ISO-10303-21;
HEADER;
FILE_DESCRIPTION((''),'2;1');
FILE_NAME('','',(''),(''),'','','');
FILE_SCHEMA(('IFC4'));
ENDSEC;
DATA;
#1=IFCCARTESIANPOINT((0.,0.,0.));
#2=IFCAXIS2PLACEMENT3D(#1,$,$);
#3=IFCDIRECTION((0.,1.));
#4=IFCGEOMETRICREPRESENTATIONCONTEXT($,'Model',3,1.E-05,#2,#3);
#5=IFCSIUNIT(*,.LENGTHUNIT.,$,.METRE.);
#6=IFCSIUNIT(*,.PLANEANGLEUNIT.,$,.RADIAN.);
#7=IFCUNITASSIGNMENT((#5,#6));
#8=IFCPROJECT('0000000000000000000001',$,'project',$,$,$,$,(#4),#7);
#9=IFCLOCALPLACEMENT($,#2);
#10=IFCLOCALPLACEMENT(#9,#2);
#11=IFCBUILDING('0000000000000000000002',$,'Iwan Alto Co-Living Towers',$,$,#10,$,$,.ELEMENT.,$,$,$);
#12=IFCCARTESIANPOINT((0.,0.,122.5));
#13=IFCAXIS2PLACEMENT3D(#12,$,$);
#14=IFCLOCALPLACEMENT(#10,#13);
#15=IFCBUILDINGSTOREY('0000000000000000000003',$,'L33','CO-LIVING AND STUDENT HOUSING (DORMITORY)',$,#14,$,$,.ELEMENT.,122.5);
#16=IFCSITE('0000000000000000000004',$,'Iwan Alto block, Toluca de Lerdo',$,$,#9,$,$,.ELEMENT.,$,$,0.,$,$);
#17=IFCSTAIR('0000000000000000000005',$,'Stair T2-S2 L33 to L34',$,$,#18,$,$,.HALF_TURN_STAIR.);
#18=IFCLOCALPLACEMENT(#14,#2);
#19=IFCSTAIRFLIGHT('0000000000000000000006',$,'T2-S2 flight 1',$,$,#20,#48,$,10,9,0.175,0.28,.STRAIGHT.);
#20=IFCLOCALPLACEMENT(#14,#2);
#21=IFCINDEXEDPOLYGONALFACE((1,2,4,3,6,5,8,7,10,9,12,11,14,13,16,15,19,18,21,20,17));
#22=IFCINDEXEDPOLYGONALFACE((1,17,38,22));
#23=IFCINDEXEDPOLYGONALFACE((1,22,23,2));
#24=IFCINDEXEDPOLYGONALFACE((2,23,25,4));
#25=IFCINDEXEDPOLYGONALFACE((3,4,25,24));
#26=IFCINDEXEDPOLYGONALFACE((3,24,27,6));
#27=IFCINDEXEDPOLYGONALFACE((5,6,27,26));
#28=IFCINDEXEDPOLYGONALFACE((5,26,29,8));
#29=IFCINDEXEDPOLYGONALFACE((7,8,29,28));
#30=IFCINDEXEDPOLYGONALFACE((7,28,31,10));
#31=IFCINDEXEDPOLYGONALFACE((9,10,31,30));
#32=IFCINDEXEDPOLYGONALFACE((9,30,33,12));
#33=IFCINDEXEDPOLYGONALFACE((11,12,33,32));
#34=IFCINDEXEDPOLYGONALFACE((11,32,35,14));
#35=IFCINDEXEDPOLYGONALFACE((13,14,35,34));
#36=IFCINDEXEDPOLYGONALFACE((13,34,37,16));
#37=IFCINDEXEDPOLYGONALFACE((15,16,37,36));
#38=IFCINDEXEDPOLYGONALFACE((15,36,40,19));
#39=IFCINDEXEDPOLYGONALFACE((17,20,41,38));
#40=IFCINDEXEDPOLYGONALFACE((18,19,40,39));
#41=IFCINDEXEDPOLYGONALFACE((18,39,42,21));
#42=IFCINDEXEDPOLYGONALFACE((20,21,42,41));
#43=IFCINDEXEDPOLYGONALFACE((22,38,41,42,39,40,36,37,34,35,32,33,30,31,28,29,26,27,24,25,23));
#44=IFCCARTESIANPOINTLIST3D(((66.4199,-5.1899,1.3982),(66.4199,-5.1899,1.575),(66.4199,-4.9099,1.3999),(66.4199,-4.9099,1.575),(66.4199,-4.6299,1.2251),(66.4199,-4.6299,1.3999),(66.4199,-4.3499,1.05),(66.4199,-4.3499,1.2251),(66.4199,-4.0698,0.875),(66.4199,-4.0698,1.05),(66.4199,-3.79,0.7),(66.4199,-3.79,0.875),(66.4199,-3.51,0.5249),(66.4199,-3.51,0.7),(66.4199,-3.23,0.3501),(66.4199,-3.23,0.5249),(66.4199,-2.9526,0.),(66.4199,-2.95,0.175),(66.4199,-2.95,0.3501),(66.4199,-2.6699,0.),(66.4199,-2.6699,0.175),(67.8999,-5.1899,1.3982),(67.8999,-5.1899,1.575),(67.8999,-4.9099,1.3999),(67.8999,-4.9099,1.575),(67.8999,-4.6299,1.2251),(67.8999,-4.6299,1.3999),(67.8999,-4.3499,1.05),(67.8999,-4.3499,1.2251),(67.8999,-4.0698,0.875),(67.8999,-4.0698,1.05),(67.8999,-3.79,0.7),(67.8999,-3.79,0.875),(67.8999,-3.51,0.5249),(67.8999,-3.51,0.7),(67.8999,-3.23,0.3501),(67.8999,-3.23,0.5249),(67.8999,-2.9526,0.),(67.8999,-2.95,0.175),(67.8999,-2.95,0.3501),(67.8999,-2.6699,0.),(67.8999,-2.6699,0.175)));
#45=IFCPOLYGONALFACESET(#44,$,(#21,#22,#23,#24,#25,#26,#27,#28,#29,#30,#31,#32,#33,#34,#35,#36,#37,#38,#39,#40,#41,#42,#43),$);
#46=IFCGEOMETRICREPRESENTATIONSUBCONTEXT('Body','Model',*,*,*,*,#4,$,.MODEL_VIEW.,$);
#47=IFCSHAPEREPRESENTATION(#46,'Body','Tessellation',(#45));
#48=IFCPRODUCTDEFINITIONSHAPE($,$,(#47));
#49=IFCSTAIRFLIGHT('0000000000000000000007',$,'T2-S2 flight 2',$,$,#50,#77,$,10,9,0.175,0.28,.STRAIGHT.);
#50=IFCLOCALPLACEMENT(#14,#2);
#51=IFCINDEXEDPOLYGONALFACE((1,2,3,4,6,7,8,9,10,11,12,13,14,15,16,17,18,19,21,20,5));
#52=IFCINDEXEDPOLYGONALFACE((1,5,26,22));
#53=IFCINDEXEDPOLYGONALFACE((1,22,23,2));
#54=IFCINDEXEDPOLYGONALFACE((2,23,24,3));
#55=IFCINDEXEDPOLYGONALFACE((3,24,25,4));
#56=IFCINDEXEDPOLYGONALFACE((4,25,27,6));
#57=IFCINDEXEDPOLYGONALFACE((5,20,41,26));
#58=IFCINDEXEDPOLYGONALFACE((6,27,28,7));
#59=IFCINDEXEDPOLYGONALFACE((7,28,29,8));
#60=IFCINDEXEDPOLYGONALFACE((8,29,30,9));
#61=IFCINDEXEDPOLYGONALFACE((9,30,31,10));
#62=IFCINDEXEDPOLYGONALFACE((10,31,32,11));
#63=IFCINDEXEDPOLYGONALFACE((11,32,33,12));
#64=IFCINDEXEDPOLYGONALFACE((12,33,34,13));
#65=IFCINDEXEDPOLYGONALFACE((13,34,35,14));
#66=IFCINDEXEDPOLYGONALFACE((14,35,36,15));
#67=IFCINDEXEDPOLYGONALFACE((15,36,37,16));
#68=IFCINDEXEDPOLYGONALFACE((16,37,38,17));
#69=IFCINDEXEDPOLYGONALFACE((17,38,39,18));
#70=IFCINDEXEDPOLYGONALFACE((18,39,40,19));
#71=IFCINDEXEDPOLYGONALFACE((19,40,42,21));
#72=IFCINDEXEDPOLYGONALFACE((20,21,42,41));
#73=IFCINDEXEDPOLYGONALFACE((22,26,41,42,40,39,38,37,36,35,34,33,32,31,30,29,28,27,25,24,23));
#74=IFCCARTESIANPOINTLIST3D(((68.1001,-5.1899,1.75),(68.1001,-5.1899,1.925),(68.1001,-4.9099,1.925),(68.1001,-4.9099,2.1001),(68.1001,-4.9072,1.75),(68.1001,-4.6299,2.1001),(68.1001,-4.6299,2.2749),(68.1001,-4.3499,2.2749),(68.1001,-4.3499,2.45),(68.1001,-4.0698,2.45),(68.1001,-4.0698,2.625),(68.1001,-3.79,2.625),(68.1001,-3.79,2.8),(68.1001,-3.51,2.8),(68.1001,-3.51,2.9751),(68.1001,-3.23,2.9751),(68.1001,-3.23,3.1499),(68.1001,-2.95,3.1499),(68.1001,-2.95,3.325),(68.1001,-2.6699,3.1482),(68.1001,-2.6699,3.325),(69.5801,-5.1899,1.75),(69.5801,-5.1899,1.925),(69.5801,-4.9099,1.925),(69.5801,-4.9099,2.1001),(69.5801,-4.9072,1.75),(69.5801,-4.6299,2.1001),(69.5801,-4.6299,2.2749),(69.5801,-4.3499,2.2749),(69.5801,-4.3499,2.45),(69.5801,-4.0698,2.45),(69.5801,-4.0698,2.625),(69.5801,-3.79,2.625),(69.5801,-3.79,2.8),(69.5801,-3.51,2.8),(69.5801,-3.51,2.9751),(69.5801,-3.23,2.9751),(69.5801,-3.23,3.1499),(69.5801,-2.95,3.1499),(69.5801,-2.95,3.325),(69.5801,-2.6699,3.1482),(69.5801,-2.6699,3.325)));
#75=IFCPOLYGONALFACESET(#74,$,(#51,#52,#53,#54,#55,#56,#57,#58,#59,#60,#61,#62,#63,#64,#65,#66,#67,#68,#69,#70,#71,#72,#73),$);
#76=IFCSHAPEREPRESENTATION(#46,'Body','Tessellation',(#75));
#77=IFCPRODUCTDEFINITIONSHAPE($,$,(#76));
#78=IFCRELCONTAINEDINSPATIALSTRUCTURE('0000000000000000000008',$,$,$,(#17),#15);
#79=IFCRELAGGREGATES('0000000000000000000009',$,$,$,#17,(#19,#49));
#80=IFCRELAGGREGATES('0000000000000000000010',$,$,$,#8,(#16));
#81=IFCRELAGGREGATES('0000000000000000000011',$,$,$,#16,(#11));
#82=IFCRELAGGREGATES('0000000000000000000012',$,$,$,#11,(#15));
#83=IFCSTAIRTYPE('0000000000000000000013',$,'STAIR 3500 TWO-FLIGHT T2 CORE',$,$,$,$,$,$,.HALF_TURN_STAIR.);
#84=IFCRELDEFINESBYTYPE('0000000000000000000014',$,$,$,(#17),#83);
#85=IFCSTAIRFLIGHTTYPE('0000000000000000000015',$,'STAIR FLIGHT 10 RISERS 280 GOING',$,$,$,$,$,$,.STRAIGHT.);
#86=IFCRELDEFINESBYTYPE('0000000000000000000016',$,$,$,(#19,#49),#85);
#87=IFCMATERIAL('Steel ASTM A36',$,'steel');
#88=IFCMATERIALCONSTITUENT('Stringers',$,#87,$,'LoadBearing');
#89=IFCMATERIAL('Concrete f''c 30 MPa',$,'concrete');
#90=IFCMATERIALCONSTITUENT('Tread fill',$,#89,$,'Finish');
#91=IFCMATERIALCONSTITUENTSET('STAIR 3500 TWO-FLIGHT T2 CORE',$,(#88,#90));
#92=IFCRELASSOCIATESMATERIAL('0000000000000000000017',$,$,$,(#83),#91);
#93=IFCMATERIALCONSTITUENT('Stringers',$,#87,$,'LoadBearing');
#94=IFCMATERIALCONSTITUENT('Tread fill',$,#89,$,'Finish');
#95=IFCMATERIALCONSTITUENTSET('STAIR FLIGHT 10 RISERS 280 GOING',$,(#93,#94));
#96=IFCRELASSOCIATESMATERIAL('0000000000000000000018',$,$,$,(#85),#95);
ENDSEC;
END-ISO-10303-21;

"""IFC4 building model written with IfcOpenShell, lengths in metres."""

from ifc_helpers import new_model, si_unit, direction, frame, origin, place, context, subcontext, project, spatial, polyline, outline, extrude, material, constituent, constituent_set, type_object, element, aggregate, save


model = new_model("IFC4")

# Units and contexts
model_context = context("Model", 3, precision=1e-05, world=origin(), true_north=direction((0.0, 1.0)))
body_context = subcontext(model_context, "Body", "Model", "MODEL_VIEW")
ifc_project = project(units=[si_unit("LENGTHUNIT", "METRE"), si_unit("PLANEANGLEUNIT", "RADIAN")], contexts=[model_context])

# Site, building, storey
site_placement = place(None, origin())
site = spatial("IfcSite", under=ifc_project, at=site_placement, Name="Iwan Alto block, Toluca de Lerdo", CompositionType="ELEMENT", RefElevation=0.0)
building_placement = place(site_placement, origin())
building = spatial("IfcBuilding", under=site, at=building_placement, Name="Iwan Alto Co-Living Towers", CompositionType="ELEMENT")
storey_placement = place(building_placement, frame((0.0, 0.0, 122.5)))
storey = spatial("IfcBuildingStorey", under=building, at=storey_placement, Name="L33", Description="CO-LIVING AND STUDENT HOUSING (DORMITORY)", CompositionType="ELEMENT", Elevation=122.5)

# Stair, stair flights
ifc_material_1 = material(Name="Steel ASTM A36", Category="steel")
ifc_constituent_1 = constituent(ifc_material_1, Name="Stringers", Category="LoadBearing")
ifc_material_2 = material(Name="Concrete f'c 30 MPa", Category="concrete")
ifc_constituent_2 = constituent(ifc_material_2, Name="Tread fill", Category="Finish")
ifc_constituent_set_1 = constituent_set(constituents=[ifc_constituent_1, ifc_constituent_2], Name="STAIR 3500 TWO-FLIGHT T2 CORE")
stair_type = type_object("IfcStairType", Name="STAIR 3500 TWO-FLIGHT T2 CORE", PredefinedType="HALF_TURN_STAIR", material=ifc_constituent_set_1)
stair_placement = place(storey_placement, origin())
stair = element("IfcStair", 1, at=stair_placement, inside=storey, type_object=stair_type, Name="Stair T2-S2 L33 to L34", PredefinedType="HALF_TURN_STAIR")
ifc_constituent_3 = constituent(ifc_material_1, Name="Stringers", Category="LoadBearing")
ifc_constituent_4 = constituent(ifc_material_2, Name="Tread fill", Category="Finish")
ifc_constituent_set_2 = constituent_set(constituents=[ifc_constituent_3, ifc_constituent_4], Name="STAIR FLIGHT 10 RISERS 280 GOING")
stair_flight_type = type_object("IfcStairFlightType", Name="STAIR FLIGHT 10 RISERS 280 GOING", PredefinedType="STRAIGHT", material=ifc_constituent_set_2)
stair_flight_1_placement = place(storey_placement, frame((67.1599, -2.6699, 0.0), z_axis=(0.0, 0.0, 1.0), x_axis=(0.0, -1.0, 0.0)))
stair_flight_1 = element("IfcStairFlight", 2, at=stair_flight_1_placement, type_object=stair_flight_type, Name="T2-S2 flight 1", NumberOfRisers=10, NumberOfTreads=9, PredefinedType="STRAIGHT", RiserHeight=0.175, TreadLength=0.28, context=body_context, shape_type="SweptSolid", body=[
    extrude(outline(polyline([(0.0, 0.0), (0.0, 0.175), (0.28, 0.175), (0.28, 0.3501), (0.5601, 0.3501), (0.5601, 0.5249), (0.8401, 0.5249), (0.8401, 0.7), (1.1201, 0.7), (1.1201, 0.875), (1.3999, 0.875), (1.3999, 1.05), (1.6799, 1.05), (1.6799, 1.2251), (1.96, 1.2251), (1.96, 1.3999), (2.24, 1.3999), (2.24, 1.575), (2.52, 1.575), (2.52, 1.75), (2.52, 1.3982), (0.2827, 0.0), (0.0, 0.0)])), frame((0.0, 0.74, 0.0), z_axis=(0.0, -1.0, 0.0), x_axis=(1.0, 0.0, 0.0)), (0.0, 0.0, 1.0), 1.48),
])
stair_flight_2_placement = place(storey_placement, frame((68.8401, -5.1899, 1.75), z_axis=(0.0, 0.0, 1.0), x_axis=(0.0, 1.0, 0.0)))
stair_flight_2 = element("IfcStairFlight", 3, at=stair_flight_2_placement, type_object=stair_flight_type, Name="T2-S2 flight 2", NumberOfRisers=10, NumberOfTreads=9, PredefinedType="STRAIGHT", RiserHeight=0.175, TreadLength=0.28, context=body_context, shape_type="SweptSolid", body=[
    extrude(outline(polyline([(0.0, 0.0), (0.0, 0.175), (0.28, 0.175), (0.28, 0.3501), (0.5601, 0.3501), (0.5601, 0.5249), (0.8401, 0.5249), (0.8401, 0.7), (1.1201, 0.7), (1.1201, 0.875), (1.3999, 0.875), (1.3999, 1.05), (1.6799, 1.05), (1.6799, 1.2251), (1.96, 1.2251), (1.96, 1.3999), (2.24, 1.3999), (2.24, 1.575), (2.52, 1.575), (2.52, 1.75), (2.52, 1.3982), (0.2827, 0.0), (0.0, 0.0)])), frame((0.0, 0.74, 0.0), z_axis=(0.0, -1.0, 0.0), x_axis=(1.0, 0.0, 0.0)), (0.0, 0.0, 1.0), 1.48),
])
aggregate(stair, [stair_flight_1, stair_flight_2])

save(model, "model.ifc")
